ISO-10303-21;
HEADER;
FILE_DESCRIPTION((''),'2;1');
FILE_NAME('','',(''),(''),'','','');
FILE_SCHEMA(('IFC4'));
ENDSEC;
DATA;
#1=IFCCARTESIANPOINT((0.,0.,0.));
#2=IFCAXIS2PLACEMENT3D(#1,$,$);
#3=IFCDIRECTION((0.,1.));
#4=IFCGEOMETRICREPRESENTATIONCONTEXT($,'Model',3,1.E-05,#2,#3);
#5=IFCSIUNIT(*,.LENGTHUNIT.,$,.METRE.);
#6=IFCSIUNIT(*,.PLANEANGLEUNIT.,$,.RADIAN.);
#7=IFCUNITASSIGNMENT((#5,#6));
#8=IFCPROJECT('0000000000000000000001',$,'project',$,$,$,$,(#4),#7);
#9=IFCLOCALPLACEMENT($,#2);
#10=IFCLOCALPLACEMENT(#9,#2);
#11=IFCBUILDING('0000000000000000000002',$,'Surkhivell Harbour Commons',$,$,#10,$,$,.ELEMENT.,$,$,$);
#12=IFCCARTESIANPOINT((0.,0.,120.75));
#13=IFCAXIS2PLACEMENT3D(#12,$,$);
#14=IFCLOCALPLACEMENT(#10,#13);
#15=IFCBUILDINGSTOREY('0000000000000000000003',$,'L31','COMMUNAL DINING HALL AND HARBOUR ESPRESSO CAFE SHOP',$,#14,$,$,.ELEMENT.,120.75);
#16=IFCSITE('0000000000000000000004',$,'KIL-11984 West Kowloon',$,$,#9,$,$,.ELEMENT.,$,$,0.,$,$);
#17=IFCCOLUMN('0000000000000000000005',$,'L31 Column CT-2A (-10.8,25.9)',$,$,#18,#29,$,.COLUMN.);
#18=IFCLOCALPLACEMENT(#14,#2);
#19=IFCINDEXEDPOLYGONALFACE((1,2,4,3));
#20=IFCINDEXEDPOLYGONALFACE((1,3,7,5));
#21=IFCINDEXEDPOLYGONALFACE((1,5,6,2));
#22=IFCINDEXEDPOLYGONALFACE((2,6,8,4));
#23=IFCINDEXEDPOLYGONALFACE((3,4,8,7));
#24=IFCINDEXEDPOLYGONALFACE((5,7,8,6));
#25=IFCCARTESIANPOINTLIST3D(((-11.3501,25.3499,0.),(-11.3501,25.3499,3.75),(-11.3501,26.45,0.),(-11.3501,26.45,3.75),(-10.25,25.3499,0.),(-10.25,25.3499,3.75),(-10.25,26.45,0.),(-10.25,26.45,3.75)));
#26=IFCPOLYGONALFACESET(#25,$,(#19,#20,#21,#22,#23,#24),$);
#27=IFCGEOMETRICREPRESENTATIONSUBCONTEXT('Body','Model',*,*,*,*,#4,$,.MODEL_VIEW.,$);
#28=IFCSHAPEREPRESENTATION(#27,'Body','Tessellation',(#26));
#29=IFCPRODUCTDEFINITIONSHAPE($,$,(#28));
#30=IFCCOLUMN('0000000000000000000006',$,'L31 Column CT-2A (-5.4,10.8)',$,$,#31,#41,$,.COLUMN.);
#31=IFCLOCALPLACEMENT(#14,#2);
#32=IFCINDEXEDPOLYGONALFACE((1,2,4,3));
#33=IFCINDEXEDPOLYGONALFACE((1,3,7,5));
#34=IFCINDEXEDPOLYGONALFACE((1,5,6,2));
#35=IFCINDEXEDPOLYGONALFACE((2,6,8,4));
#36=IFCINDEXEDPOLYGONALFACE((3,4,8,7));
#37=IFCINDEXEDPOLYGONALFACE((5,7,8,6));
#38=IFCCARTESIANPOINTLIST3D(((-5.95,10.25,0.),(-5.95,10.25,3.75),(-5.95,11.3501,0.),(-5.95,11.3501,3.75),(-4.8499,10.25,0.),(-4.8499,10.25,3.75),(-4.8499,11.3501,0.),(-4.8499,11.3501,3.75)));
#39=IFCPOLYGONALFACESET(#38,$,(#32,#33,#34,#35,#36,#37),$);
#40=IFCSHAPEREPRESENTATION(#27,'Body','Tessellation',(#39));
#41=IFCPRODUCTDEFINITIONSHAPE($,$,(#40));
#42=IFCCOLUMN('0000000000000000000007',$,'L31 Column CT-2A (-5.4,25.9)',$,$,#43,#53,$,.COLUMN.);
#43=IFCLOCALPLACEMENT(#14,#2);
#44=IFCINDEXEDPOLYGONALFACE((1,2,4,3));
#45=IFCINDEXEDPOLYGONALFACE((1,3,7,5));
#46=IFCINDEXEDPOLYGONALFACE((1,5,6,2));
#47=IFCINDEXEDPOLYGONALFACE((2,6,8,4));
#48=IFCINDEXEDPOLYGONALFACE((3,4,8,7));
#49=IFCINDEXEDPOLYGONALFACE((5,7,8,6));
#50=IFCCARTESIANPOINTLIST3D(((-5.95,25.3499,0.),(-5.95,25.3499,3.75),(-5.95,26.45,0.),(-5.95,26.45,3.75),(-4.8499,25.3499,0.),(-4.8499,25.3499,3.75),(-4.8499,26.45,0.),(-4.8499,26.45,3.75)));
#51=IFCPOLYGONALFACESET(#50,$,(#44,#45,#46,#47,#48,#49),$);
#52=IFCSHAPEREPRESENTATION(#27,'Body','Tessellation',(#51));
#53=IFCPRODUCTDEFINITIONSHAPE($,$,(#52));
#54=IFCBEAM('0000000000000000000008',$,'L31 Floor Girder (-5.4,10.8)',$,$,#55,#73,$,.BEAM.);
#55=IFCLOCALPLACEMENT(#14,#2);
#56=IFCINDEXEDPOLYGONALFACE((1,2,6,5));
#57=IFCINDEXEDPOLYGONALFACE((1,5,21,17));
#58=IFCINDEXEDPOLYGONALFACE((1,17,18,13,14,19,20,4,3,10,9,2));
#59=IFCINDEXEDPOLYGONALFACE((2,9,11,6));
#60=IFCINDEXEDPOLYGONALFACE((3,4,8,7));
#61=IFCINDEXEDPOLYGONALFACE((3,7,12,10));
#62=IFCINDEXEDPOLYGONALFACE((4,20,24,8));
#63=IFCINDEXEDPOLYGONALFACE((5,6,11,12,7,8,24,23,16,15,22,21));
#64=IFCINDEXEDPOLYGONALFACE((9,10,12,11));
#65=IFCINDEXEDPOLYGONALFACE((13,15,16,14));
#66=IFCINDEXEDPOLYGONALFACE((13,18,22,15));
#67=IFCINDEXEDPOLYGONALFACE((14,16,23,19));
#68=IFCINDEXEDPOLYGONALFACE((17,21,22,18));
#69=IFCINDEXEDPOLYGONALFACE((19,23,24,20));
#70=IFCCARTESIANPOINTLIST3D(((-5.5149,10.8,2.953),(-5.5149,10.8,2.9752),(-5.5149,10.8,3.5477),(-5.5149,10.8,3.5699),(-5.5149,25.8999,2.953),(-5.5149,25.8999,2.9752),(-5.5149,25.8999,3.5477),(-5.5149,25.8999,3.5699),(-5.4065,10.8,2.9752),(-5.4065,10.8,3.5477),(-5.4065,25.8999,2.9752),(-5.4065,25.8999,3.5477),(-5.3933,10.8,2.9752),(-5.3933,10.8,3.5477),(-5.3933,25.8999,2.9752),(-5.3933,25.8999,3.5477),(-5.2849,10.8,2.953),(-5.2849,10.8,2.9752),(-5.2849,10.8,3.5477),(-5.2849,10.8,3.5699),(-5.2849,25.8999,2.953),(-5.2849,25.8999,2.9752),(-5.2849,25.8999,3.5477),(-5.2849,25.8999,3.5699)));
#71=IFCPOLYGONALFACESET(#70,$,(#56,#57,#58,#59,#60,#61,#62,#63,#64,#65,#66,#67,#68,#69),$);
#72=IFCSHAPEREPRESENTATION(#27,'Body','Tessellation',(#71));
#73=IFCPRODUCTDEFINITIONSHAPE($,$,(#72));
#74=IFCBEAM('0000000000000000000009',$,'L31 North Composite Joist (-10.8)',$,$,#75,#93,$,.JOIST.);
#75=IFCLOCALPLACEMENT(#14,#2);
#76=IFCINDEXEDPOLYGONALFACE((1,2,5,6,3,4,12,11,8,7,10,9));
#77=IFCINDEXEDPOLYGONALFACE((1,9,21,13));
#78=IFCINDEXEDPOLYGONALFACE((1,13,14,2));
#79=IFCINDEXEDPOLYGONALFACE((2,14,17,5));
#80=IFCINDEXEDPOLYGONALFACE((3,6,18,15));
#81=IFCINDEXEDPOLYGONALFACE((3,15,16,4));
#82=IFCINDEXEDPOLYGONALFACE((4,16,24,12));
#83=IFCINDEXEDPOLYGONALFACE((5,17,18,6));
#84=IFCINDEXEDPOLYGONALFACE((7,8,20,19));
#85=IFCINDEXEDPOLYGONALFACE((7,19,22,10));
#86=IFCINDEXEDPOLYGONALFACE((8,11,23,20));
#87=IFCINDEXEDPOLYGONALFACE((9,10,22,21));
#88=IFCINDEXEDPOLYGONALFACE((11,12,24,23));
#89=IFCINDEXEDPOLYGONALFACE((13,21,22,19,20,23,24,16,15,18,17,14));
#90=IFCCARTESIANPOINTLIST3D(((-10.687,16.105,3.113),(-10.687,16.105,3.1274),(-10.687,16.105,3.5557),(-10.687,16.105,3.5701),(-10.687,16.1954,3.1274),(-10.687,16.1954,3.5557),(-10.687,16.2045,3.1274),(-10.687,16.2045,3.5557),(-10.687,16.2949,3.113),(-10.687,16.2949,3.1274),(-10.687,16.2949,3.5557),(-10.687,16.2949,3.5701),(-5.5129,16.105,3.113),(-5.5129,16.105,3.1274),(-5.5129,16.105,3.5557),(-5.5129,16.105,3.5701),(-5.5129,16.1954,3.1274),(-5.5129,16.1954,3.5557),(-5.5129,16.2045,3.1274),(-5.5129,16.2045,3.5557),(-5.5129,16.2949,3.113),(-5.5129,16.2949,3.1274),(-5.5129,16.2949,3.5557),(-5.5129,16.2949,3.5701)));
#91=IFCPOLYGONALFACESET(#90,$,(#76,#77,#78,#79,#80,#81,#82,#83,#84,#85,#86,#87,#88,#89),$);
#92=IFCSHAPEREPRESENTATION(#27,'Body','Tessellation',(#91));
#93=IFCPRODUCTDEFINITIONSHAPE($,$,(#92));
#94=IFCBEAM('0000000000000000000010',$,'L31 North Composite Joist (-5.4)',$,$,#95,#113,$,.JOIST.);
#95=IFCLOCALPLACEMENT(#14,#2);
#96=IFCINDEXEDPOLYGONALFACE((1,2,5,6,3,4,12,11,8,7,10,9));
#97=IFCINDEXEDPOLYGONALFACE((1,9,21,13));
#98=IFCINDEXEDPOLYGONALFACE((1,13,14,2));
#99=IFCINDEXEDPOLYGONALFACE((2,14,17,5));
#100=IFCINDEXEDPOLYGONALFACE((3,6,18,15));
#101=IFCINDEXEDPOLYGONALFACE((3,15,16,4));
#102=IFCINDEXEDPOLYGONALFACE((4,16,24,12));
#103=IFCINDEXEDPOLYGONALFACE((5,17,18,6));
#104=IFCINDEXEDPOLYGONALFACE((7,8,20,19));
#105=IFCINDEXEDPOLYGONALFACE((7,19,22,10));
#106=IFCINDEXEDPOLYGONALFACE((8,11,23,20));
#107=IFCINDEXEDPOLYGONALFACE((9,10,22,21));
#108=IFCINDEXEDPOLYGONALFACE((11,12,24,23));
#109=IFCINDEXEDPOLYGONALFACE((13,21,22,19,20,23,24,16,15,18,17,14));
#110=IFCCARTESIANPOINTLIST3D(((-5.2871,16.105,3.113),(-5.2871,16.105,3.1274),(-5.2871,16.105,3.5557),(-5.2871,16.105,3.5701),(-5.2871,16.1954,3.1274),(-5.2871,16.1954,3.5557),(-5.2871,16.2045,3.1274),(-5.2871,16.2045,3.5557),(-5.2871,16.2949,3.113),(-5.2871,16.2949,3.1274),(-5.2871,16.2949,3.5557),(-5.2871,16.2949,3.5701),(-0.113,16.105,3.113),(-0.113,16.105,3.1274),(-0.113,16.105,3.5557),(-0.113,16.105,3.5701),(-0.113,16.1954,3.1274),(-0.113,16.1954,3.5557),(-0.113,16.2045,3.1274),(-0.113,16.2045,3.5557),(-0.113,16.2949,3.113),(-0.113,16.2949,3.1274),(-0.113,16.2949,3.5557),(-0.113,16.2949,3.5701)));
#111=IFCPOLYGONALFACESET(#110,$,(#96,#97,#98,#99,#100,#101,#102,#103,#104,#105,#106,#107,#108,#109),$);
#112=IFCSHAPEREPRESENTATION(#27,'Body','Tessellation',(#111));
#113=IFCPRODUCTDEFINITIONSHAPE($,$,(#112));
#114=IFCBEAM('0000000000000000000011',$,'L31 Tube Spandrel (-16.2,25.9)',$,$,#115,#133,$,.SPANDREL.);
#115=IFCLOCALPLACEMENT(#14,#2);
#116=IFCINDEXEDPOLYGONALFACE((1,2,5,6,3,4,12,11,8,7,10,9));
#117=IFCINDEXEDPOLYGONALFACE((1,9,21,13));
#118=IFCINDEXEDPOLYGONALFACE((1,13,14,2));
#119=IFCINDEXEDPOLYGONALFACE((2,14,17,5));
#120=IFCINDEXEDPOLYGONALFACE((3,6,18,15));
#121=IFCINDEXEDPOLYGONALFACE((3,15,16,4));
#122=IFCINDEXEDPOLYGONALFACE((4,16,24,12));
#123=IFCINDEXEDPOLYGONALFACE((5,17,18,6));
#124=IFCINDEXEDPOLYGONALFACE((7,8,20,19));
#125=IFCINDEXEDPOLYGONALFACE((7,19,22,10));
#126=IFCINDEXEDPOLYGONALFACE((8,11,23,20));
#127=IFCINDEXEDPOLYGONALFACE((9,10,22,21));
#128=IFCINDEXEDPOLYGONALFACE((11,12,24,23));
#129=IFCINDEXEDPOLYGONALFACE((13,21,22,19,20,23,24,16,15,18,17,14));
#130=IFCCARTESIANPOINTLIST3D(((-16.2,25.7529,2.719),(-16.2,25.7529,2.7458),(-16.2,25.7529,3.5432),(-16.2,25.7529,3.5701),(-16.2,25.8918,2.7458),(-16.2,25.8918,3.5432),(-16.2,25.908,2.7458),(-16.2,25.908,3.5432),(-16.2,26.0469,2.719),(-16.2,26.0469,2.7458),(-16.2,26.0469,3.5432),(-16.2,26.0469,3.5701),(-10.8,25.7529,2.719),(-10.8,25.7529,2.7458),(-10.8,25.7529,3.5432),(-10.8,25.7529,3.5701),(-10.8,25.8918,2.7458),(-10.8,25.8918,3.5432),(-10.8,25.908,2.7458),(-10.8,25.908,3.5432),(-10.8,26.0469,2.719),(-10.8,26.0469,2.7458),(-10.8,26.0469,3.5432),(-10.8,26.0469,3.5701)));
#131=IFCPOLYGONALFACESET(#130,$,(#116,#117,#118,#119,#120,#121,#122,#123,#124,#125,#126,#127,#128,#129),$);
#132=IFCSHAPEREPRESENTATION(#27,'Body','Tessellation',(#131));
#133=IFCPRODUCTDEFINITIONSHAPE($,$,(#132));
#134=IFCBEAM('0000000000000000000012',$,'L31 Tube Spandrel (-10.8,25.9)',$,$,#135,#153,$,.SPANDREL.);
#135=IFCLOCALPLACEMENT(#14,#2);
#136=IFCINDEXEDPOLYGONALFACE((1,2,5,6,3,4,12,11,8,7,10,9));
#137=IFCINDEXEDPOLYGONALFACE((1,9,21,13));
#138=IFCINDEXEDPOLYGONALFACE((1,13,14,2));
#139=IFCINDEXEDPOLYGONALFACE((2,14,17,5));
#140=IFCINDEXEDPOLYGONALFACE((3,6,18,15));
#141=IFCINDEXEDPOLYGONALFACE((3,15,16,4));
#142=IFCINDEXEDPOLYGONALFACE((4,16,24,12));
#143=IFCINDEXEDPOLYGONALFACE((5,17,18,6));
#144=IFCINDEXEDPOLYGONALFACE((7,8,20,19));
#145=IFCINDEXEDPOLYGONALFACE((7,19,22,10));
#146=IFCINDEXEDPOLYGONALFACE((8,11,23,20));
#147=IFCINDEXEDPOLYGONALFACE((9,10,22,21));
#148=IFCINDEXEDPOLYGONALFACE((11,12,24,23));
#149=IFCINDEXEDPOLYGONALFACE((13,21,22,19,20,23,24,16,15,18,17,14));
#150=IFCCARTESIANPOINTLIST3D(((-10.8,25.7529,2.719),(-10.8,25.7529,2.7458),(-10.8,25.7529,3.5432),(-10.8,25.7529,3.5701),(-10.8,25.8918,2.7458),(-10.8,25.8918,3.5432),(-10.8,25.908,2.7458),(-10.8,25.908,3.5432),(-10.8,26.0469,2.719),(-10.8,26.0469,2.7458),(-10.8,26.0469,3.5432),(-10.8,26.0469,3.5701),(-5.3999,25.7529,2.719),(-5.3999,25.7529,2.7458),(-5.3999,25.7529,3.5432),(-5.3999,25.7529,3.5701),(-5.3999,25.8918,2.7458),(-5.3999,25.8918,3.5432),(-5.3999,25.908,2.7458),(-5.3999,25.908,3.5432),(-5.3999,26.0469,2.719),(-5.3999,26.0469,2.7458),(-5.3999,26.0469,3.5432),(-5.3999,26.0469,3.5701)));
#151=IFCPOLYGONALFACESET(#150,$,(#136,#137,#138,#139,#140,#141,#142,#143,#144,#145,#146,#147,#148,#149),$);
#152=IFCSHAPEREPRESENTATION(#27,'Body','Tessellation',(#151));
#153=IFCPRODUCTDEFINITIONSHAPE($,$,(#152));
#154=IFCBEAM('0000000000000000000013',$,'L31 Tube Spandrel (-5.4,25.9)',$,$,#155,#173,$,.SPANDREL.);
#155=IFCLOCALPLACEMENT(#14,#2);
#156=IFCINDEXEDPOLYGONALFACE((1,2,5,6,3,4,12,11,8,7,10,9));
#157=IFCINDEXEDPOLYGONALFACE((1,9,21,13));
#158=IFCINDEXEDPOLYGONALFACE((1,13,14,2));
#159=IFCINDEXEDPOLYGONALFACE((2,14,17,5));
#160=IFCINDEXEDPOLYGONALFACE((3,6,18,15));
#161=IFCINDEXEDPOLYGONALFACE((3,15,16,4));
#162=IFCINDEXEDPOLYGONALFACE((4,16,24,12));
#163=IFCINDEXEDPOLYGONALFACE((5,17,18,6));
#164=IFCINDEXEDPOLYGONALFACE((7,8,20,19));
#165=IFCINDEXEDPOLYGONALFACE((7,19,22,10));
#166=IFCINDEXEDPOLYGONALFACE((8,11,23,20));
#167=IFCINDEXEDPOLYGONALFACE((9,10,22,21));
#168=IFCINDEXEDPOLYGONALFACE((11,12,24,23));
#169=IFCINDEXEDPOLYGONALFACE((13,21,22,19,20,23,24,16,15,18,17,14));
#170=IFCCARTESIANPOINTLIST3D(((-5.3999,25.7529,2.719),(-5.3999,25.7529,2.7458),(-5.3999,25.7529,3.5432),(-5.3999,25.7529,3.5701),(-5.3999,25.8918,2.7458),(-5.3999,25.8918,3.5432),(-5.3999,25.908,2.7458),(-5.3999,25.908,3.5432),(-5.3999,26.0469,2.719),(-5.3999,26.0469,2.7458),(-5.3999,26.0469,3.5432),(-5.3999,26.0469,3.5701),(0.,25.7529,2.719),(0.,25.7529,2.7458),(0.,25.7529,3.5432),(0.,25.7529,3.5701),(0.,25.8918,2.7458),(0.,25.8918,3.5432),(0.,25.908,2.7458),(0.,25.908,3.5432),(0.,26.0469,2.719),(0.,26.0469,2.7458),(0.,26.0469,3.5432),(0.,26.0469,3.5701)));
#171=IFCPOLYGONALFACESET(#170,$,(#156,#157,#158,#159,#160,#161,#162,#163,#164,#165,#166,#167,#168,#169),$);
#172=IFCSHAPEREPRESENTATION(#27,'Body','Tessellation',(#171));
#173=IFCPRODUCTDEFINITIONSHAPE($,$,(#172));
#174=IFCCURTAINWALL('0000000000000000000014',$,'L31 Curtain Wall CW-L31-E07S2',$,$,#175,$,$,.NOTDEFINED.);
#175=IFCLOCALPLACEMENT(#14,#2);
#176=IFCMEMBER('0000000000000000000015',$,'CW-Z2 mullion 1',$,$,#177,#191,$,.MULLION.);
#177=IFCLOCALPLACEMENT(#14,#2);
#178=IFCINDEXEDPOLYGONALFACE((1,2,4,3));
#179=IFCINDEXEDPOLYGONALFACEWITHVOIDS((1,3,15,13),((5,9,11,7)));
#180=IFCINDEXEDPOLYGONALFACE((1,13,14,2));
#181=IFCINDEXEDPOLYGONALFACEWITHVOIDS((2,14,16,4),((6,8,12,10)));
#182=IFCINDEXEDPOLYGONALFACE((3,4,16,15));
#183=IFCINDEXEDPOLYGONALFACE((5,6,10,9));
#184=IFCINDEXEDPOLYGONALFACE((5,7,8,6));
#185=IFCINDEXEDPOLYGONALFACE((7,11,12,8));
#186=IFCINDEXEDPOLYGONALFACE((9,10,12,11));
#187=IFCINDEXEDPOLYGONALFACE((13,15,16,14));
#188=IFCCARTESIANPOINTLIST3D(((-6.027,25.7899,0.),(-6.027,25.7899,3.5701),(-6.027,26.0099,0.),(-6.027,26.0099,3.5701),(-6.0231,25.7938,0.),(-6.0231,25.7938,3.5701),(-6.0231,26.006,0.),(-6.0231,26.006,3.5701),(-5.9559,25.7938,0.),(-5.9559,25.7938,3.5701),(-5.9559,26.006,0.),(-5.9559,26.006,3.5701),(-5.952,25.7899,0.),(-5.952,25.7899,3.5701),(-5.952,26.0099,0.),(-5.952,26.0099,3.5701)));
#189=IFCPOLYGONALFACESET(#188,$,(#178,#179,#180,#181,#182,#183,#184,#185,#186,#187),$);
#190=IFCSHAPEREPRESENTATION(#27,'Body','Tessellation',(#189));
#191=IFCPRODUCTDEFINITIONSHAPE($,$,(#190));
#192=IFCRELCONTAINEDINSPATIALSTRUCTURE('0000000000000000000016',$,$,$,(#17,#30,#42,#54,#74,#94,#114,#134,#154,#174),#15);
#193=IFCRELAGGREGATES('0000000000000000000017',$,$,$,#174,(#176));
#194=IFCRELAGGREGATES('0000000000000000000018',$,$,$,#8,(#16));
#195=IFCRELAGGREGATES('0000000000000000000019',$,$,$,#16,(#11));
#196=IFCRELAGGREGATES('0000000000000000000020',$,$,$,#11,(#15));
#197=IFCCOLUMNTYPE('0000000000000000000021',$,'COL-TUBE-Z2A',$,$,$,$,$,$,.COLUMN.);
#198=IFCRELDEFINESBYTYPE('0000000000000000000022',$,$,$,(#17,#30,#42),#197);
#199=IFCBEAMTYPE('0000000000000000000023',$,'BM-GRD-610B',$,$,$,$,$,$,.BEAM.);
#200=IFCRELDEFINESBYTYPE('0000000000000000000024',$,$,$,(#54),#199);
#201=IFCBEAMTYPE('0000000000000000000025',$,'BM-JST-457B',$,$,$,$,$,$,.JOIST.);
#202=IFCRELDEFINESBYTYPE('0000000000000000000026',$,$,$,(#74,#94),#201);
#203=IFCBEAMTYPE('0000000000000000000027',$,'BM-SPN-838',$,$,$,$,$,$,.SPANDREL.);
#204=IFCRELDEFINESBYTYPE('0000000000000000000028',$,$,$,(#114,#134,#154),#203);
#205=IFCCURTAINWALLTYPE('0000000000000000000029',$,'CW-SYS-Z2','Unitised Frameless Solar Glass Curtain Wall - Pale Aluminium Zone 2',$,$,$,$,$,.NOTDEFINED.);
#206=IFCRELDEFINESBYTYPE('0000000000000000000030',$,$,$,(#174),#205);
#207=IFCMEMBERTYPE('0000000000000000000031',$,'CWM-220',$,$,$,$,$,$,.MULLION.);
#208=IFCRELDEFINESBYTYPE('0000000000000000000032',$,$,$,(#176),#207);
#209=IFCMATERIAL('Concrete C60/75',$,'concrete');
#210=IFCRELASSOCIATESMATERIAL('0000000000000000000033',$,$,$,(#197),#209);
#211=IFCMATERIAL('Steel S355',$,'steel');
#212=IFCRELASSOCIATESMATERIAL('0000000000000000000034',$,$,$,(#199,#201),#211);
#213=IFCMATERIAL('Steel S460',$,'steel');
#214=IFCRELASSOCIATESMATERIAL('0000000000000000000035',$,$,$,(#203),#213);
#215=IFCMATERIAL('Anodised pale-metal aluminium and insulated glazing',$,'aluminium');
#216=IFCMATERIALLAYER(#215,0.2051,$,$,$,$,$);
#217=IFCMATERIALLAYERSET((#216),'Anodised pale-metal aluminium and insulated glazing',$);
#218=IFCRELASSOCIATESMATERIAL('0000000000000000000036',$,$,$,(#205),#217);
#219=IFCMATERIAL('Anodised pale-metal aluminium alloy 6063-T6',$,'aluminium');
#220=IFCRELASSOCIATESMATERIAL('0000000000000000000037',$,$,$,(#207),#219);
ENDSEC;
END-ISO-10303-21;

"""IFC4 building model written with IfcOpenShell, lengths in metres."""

from ifc_helpers import new_model, si_unit, direction, frame, origin, origin_2d, place, context, subcontext, project, spatial, rectangle, hollow_rectangle, i_section, extrude, material, layer, layer_set, material_profile, profile_set, type_object, element, aggregate, save


model = new_model("IFC4")

# Units and contexts
model_context = context("Model", 3, precision=1e-05, world=origin(), true_north=direction((0.0, 1.0)))
body_context = subcontext(model_context, "Body", "Model", "MODEL_VIEW")
ifc_project = project(units=[si_unit("LENGTHUNIT", "METRE"), si_unit("PLANEANGLEUNIT", "RADIAN")], contexts=[model_context])

# Site, building, storey
site_placement = place(None, origin())
site = spatial("IfcSite", under=ifc_project, at=site_placement, Name="KIL-11984 West Kowloon", CompositionType="ELEMENT", RefElevation=0.0)
building_placement = place(site_placement, origin())
building = spatial("IfcBuilding", under=site, at=building_placement, Name="Surkhivell Harbour Commons", CompositionType="ELEMENT")
storey_placement = place(building_placement, frame((0.0, 0.0, 120.75)))
storey = spatial("IfcBuildingStorey", under=building, at=storey_placement, Name="L31", Description="COMMUNAL DINING HALL AND HARBOUR ESPRESSO CAFE SHOP", CompositionType="ELEMENT", Elevation=120.75)

# Columns
ifc_material_1 = material(Name="Concrete C60/75", Category="concrete")
ifc_material_profile_1 = material_profile(ifc_material_1, rectangle(XDim=1.1001, YDim=1.1001, at=origin_2d()), Name="RC-COL-1100x1100")
ifc_profile_set_1 = profile_set([ifc_material_profile_1], Name="Concrete C60/75")
column_type = type_object("IfcColumnType", Name="COL-TUBE-Z2A", PredefinedType="COLUMN", material=ifc_profile_set_1)
for number, where, z_axis, x_axis, name in (
    (1, (-10.8, 25.8999, 0.0), (0.0, 0.0, 1.0), (1.0, 0.0, 0.0), "L31 Column CT-2A (-10.8,25.9)"),
    (2, (-5.3999, 10.8, 0.0), (0.0, 0.0, 1.0), (1.0, 0.0, 0.0), "L31 Column CT-2A (-5.4,10.8)"),
    (3, (-5.3999, 25.8999, 0.0), (0.0, 0.0, 1.0), (1.0, 0.0, 0.0), "L31 Column CT-2A (-5.4,25.9)"),
):
    element("IfcColumn", number, at=place(storey_placement, frame(where, z_axis=z_axis, x_axis=x_axis)), inside=storey, type_object=column_type, Name=name, PredefinedType="COLUMN", context=body_context, shape_type="SweptSolid", body=[
        extrude(rectangle(XDim=1.1001, YDim=1.1001, at=origin_2d()), origin(), (0.0, 0.0, 1.0), 3.75),
    ])

# Beams
ifc_material_2 = material(Name="Steel S355", Category="steel")
ifc_material_profile_2 = material_profile(ifc_material_2, i_section(OverallWidth=0.23, OverallDepth=0.6169, WebThickness=0.0132, FlangeThickness=0.0222, at=origin_2d()), Name="UB610x229x140")
ifc_profile_set_2 = profile_set([ifc_material_profile_2], Name="Steel S355")
beam_type_1 = type_object("IfcBeamType", Name="BM-GRD-610B", PredefinedType="BEAM", material=ifc_profile_set_2)
beam_1_placement = place(storey_placement, frame((-5.3999, 10.8, 3.2615), z_axis=(0.0, 1.0, 0.0), x_axis=(-1.0, 0.0, 0.0)))
element("IfcBeam", 4, at=beam_1_placement, inside=storey, type_object=beam_type_1, Name="L31 Floor Girder (-5.4,10.8)", PredefinedType="BEAM", context=body_context, shape_type="SweptSolid", body=[
    extrude(i_section(OverallWidth=0.23, OverallDepth=0.6169, WebThickness=0.0132, FlangeThickness=0.0222, at=origin_2d()), origin(), (0.0, 0.0, 1.0), 15.0999),
])
ifc_material_profile_3 = material_profile(ifc_material_2, i_section(OverallWidth=0.1899, OverallDepth=0.457, WebThickness=0.009, FlangeThickness=0.0144, at=origin_2d()), Name="UB457x191x74")
ifc_profile_set_3 = profile_set([ifc_material_profile_3], Name="Steel S355")
beam_type_2 = type_object("IfcBeamType", Name="BM-JST-457B", PredefinedType="JOIST", material=ifc_profile_set_3)
for number, where, z_axis, x_axis, name in (
    (5, (-10.687, 16.2, 3.3416), (1.0, 0.0, 0.0), (0.0, 1.0, 0.0), "L31 North Composite Joist (-10.8)"),
    (6, (-5.2871, 16.2, 3.3416), (1.0, 0.0, 0.0), (0.0, 1.0, 0.0), "L31 North Composite Joist (-5.4)"),
):
    element("IfcBeam", number, at=place(storey_placement, frame(where, z_axis=z_axis, x_axis=x_axis)), inside=storey, type_object=beam_type_2, Name=name, PredefinedType="JOIST", context=body_context, shape_type="SweptSolid", body=[
        extrude(i_section(OverallWidth=0.1899, OverallDepth=0.457, WebThickness=0.009, FlangeThickness=0.0144, at=origin_2d()), origin(), (0.0, 0.0, 1.0), 5.1741),
    ])
ifc_material_3 = material(Name="Steel S460", Category="steel")
ifc_material_profile_4 = material_profile(ifc_material_3, i_section(OverallWidth=0.2939, OverallDepth=0.8511, WebThickness=0.0161, FlangeThickness=0.0269, at=origin_2d()), Name="UB838x292x226")
ifc_profile_set_4 = profile_set([ifc_material_profile_4], Name="Steel S460")
beam_type_3 = type_object("IfcBeamType", Name="BM-SPN-838", PredefinedType="SPANDREL", material=ifc_profile_set_4)
beam_2_placement = place(storey_placement, frame((-16.2, 25.8999, 3.1445), z_axis=(1.0, 0.0, 0.0), x_axis=(0.0, 1.0, 0.0)))
element("IfcBeam", 7, at=beam_2_placement, inside=storey, type_object=beam_type_3, Name="L31 Tube Spandrel (-16.2,25.9)", PredefinedType="SPANDREL", context=body_context, shape_type="SweptSolid", body=[
    extrude(i_section(OverallWidth=0.2939, OverallDepth=0.8511, WebThickness=0.0161, FlangeThickness=0.0269, at=origin_2d()), origin(), (0.0, 0.0, 1.0), 5.3999),
])
beam_3_placement = place(storey_placement, frame((-10.8, 25.8999, 3.1445), z_axis=(1.0, 0.0, 0.0), x_axis=(0.0, 1.0, 0.0)))
element("IfcBeam", 8, at=beam_3_placement, inside=storey, type_object=beam_type_3, Name="L31 Tube Spandrel (-10.8,25.9)", PredefinedType="SPANDREL", context=body_context, shape_type="SweptSolid", body=[
    extrude(i_section(OverallWidth=0.2939, OverallDepth=0.8511, WebThickness=0.0161, FlangeThickness=0.0269, at=origin_2d()), origin(), (0.0, 0.0, 1.0), 5.4001),
])
beam_4_placement = place(storey_placement, frame((-5.3999, 25.8999, 3.1445), z_axis=(1.0, 0.0, 0.0), x_axis=(0.0, 1.0, 0.0)))
element("IfcBeam", 9, at=beam_4_placement, inside=storey, type_object=beam_type_3, Name="L31 Tube Spandrel (-5.4,25.9)", PredefinedType="SPANDREL", context=body_context, shape_type="SweptSolid", body=[
    extrude(i_section(OverallWidth=0.2939, OverallDepth=0.8511, WebThickness=0.0161, FlangeThickness=0.0269, at=origin_2d()), origin(), (0.0, 0.0, 1.0), 5.3999),
])

# Curtain wall, member
ifc_material_4 = material(Name="Anodised pale-metal aluminium and insulated glazing", Category="aluminium")
ifc_layer_1 = layer(ifc_material_4, 0.2051)
ifc_layer_set_1 = layer_set([ifc_layer_1], Name="Anodised pale-metal aluminium and insulated glazing")
curtain_wall_type = type_object("IfcCurtainWallType", Name="CW-SYS-Z2", Description="Unitised Frameless Solar Glass Curtain Wall - Pale Aluminium Zone 2", PredefinedType="NOTDEFINED", material=ifc_layer_set_1)
curtain_wall_placement = place(storey_placement, origin())
curtain_wall = element("IfcCurtainWall", 10, at=curtain_wall_placement, inside=storey, type_object=curtain_wall_type, Name="L31 Curtain Wall CW-L31-E07S2", PredefinedType="NOTDEFINED")
ifc_material_5 = material(Name="Anodised pale-metal aluminium alloy 6063-T6", Category="aluminium")
ifc_material_profile_5 = material_profile(ifc_material_5, hollow_rectangle(XDim=0.075, YDim=0.22, WallThickness=0.0039, at=origin_2d()), Name="ALU-MULL-75x220")
ifc_profile_set_5 = profile_set([ifc_material_profile_5], Name="Anodised pale-metal aluminium alloy 6063-T6")
member_type_1 = type_object("IfcMemberType", Name="CWM-220", PredefinedType="MULLION", material=ifc_profile_set_5)
member_1_placement = place(storey_placement, frame((-5.9895, 25.8999, 0.0), z_axis=(0.0, 0.0, 1.0), x_axis=(-1.0, 0.0, 0.0)))
member_1 = element("IfcMember", 11, at=member_1_placement, type_object=member_type_1, Name="CW-Z2 mullion 1", PredefinedType="MULLION", context=body_context, shape_type="SweptSolid", body=[
    extrude(hollow_rectangle(XDim=0.075, YDim=0.22, WallThickness=0.0039, at=origin_2d()), origin(), (0.0, 0.0, 1.0), 3.5701),
])

aggregate(curtain_wall, [member_1])

save(model, "model.ifc")
